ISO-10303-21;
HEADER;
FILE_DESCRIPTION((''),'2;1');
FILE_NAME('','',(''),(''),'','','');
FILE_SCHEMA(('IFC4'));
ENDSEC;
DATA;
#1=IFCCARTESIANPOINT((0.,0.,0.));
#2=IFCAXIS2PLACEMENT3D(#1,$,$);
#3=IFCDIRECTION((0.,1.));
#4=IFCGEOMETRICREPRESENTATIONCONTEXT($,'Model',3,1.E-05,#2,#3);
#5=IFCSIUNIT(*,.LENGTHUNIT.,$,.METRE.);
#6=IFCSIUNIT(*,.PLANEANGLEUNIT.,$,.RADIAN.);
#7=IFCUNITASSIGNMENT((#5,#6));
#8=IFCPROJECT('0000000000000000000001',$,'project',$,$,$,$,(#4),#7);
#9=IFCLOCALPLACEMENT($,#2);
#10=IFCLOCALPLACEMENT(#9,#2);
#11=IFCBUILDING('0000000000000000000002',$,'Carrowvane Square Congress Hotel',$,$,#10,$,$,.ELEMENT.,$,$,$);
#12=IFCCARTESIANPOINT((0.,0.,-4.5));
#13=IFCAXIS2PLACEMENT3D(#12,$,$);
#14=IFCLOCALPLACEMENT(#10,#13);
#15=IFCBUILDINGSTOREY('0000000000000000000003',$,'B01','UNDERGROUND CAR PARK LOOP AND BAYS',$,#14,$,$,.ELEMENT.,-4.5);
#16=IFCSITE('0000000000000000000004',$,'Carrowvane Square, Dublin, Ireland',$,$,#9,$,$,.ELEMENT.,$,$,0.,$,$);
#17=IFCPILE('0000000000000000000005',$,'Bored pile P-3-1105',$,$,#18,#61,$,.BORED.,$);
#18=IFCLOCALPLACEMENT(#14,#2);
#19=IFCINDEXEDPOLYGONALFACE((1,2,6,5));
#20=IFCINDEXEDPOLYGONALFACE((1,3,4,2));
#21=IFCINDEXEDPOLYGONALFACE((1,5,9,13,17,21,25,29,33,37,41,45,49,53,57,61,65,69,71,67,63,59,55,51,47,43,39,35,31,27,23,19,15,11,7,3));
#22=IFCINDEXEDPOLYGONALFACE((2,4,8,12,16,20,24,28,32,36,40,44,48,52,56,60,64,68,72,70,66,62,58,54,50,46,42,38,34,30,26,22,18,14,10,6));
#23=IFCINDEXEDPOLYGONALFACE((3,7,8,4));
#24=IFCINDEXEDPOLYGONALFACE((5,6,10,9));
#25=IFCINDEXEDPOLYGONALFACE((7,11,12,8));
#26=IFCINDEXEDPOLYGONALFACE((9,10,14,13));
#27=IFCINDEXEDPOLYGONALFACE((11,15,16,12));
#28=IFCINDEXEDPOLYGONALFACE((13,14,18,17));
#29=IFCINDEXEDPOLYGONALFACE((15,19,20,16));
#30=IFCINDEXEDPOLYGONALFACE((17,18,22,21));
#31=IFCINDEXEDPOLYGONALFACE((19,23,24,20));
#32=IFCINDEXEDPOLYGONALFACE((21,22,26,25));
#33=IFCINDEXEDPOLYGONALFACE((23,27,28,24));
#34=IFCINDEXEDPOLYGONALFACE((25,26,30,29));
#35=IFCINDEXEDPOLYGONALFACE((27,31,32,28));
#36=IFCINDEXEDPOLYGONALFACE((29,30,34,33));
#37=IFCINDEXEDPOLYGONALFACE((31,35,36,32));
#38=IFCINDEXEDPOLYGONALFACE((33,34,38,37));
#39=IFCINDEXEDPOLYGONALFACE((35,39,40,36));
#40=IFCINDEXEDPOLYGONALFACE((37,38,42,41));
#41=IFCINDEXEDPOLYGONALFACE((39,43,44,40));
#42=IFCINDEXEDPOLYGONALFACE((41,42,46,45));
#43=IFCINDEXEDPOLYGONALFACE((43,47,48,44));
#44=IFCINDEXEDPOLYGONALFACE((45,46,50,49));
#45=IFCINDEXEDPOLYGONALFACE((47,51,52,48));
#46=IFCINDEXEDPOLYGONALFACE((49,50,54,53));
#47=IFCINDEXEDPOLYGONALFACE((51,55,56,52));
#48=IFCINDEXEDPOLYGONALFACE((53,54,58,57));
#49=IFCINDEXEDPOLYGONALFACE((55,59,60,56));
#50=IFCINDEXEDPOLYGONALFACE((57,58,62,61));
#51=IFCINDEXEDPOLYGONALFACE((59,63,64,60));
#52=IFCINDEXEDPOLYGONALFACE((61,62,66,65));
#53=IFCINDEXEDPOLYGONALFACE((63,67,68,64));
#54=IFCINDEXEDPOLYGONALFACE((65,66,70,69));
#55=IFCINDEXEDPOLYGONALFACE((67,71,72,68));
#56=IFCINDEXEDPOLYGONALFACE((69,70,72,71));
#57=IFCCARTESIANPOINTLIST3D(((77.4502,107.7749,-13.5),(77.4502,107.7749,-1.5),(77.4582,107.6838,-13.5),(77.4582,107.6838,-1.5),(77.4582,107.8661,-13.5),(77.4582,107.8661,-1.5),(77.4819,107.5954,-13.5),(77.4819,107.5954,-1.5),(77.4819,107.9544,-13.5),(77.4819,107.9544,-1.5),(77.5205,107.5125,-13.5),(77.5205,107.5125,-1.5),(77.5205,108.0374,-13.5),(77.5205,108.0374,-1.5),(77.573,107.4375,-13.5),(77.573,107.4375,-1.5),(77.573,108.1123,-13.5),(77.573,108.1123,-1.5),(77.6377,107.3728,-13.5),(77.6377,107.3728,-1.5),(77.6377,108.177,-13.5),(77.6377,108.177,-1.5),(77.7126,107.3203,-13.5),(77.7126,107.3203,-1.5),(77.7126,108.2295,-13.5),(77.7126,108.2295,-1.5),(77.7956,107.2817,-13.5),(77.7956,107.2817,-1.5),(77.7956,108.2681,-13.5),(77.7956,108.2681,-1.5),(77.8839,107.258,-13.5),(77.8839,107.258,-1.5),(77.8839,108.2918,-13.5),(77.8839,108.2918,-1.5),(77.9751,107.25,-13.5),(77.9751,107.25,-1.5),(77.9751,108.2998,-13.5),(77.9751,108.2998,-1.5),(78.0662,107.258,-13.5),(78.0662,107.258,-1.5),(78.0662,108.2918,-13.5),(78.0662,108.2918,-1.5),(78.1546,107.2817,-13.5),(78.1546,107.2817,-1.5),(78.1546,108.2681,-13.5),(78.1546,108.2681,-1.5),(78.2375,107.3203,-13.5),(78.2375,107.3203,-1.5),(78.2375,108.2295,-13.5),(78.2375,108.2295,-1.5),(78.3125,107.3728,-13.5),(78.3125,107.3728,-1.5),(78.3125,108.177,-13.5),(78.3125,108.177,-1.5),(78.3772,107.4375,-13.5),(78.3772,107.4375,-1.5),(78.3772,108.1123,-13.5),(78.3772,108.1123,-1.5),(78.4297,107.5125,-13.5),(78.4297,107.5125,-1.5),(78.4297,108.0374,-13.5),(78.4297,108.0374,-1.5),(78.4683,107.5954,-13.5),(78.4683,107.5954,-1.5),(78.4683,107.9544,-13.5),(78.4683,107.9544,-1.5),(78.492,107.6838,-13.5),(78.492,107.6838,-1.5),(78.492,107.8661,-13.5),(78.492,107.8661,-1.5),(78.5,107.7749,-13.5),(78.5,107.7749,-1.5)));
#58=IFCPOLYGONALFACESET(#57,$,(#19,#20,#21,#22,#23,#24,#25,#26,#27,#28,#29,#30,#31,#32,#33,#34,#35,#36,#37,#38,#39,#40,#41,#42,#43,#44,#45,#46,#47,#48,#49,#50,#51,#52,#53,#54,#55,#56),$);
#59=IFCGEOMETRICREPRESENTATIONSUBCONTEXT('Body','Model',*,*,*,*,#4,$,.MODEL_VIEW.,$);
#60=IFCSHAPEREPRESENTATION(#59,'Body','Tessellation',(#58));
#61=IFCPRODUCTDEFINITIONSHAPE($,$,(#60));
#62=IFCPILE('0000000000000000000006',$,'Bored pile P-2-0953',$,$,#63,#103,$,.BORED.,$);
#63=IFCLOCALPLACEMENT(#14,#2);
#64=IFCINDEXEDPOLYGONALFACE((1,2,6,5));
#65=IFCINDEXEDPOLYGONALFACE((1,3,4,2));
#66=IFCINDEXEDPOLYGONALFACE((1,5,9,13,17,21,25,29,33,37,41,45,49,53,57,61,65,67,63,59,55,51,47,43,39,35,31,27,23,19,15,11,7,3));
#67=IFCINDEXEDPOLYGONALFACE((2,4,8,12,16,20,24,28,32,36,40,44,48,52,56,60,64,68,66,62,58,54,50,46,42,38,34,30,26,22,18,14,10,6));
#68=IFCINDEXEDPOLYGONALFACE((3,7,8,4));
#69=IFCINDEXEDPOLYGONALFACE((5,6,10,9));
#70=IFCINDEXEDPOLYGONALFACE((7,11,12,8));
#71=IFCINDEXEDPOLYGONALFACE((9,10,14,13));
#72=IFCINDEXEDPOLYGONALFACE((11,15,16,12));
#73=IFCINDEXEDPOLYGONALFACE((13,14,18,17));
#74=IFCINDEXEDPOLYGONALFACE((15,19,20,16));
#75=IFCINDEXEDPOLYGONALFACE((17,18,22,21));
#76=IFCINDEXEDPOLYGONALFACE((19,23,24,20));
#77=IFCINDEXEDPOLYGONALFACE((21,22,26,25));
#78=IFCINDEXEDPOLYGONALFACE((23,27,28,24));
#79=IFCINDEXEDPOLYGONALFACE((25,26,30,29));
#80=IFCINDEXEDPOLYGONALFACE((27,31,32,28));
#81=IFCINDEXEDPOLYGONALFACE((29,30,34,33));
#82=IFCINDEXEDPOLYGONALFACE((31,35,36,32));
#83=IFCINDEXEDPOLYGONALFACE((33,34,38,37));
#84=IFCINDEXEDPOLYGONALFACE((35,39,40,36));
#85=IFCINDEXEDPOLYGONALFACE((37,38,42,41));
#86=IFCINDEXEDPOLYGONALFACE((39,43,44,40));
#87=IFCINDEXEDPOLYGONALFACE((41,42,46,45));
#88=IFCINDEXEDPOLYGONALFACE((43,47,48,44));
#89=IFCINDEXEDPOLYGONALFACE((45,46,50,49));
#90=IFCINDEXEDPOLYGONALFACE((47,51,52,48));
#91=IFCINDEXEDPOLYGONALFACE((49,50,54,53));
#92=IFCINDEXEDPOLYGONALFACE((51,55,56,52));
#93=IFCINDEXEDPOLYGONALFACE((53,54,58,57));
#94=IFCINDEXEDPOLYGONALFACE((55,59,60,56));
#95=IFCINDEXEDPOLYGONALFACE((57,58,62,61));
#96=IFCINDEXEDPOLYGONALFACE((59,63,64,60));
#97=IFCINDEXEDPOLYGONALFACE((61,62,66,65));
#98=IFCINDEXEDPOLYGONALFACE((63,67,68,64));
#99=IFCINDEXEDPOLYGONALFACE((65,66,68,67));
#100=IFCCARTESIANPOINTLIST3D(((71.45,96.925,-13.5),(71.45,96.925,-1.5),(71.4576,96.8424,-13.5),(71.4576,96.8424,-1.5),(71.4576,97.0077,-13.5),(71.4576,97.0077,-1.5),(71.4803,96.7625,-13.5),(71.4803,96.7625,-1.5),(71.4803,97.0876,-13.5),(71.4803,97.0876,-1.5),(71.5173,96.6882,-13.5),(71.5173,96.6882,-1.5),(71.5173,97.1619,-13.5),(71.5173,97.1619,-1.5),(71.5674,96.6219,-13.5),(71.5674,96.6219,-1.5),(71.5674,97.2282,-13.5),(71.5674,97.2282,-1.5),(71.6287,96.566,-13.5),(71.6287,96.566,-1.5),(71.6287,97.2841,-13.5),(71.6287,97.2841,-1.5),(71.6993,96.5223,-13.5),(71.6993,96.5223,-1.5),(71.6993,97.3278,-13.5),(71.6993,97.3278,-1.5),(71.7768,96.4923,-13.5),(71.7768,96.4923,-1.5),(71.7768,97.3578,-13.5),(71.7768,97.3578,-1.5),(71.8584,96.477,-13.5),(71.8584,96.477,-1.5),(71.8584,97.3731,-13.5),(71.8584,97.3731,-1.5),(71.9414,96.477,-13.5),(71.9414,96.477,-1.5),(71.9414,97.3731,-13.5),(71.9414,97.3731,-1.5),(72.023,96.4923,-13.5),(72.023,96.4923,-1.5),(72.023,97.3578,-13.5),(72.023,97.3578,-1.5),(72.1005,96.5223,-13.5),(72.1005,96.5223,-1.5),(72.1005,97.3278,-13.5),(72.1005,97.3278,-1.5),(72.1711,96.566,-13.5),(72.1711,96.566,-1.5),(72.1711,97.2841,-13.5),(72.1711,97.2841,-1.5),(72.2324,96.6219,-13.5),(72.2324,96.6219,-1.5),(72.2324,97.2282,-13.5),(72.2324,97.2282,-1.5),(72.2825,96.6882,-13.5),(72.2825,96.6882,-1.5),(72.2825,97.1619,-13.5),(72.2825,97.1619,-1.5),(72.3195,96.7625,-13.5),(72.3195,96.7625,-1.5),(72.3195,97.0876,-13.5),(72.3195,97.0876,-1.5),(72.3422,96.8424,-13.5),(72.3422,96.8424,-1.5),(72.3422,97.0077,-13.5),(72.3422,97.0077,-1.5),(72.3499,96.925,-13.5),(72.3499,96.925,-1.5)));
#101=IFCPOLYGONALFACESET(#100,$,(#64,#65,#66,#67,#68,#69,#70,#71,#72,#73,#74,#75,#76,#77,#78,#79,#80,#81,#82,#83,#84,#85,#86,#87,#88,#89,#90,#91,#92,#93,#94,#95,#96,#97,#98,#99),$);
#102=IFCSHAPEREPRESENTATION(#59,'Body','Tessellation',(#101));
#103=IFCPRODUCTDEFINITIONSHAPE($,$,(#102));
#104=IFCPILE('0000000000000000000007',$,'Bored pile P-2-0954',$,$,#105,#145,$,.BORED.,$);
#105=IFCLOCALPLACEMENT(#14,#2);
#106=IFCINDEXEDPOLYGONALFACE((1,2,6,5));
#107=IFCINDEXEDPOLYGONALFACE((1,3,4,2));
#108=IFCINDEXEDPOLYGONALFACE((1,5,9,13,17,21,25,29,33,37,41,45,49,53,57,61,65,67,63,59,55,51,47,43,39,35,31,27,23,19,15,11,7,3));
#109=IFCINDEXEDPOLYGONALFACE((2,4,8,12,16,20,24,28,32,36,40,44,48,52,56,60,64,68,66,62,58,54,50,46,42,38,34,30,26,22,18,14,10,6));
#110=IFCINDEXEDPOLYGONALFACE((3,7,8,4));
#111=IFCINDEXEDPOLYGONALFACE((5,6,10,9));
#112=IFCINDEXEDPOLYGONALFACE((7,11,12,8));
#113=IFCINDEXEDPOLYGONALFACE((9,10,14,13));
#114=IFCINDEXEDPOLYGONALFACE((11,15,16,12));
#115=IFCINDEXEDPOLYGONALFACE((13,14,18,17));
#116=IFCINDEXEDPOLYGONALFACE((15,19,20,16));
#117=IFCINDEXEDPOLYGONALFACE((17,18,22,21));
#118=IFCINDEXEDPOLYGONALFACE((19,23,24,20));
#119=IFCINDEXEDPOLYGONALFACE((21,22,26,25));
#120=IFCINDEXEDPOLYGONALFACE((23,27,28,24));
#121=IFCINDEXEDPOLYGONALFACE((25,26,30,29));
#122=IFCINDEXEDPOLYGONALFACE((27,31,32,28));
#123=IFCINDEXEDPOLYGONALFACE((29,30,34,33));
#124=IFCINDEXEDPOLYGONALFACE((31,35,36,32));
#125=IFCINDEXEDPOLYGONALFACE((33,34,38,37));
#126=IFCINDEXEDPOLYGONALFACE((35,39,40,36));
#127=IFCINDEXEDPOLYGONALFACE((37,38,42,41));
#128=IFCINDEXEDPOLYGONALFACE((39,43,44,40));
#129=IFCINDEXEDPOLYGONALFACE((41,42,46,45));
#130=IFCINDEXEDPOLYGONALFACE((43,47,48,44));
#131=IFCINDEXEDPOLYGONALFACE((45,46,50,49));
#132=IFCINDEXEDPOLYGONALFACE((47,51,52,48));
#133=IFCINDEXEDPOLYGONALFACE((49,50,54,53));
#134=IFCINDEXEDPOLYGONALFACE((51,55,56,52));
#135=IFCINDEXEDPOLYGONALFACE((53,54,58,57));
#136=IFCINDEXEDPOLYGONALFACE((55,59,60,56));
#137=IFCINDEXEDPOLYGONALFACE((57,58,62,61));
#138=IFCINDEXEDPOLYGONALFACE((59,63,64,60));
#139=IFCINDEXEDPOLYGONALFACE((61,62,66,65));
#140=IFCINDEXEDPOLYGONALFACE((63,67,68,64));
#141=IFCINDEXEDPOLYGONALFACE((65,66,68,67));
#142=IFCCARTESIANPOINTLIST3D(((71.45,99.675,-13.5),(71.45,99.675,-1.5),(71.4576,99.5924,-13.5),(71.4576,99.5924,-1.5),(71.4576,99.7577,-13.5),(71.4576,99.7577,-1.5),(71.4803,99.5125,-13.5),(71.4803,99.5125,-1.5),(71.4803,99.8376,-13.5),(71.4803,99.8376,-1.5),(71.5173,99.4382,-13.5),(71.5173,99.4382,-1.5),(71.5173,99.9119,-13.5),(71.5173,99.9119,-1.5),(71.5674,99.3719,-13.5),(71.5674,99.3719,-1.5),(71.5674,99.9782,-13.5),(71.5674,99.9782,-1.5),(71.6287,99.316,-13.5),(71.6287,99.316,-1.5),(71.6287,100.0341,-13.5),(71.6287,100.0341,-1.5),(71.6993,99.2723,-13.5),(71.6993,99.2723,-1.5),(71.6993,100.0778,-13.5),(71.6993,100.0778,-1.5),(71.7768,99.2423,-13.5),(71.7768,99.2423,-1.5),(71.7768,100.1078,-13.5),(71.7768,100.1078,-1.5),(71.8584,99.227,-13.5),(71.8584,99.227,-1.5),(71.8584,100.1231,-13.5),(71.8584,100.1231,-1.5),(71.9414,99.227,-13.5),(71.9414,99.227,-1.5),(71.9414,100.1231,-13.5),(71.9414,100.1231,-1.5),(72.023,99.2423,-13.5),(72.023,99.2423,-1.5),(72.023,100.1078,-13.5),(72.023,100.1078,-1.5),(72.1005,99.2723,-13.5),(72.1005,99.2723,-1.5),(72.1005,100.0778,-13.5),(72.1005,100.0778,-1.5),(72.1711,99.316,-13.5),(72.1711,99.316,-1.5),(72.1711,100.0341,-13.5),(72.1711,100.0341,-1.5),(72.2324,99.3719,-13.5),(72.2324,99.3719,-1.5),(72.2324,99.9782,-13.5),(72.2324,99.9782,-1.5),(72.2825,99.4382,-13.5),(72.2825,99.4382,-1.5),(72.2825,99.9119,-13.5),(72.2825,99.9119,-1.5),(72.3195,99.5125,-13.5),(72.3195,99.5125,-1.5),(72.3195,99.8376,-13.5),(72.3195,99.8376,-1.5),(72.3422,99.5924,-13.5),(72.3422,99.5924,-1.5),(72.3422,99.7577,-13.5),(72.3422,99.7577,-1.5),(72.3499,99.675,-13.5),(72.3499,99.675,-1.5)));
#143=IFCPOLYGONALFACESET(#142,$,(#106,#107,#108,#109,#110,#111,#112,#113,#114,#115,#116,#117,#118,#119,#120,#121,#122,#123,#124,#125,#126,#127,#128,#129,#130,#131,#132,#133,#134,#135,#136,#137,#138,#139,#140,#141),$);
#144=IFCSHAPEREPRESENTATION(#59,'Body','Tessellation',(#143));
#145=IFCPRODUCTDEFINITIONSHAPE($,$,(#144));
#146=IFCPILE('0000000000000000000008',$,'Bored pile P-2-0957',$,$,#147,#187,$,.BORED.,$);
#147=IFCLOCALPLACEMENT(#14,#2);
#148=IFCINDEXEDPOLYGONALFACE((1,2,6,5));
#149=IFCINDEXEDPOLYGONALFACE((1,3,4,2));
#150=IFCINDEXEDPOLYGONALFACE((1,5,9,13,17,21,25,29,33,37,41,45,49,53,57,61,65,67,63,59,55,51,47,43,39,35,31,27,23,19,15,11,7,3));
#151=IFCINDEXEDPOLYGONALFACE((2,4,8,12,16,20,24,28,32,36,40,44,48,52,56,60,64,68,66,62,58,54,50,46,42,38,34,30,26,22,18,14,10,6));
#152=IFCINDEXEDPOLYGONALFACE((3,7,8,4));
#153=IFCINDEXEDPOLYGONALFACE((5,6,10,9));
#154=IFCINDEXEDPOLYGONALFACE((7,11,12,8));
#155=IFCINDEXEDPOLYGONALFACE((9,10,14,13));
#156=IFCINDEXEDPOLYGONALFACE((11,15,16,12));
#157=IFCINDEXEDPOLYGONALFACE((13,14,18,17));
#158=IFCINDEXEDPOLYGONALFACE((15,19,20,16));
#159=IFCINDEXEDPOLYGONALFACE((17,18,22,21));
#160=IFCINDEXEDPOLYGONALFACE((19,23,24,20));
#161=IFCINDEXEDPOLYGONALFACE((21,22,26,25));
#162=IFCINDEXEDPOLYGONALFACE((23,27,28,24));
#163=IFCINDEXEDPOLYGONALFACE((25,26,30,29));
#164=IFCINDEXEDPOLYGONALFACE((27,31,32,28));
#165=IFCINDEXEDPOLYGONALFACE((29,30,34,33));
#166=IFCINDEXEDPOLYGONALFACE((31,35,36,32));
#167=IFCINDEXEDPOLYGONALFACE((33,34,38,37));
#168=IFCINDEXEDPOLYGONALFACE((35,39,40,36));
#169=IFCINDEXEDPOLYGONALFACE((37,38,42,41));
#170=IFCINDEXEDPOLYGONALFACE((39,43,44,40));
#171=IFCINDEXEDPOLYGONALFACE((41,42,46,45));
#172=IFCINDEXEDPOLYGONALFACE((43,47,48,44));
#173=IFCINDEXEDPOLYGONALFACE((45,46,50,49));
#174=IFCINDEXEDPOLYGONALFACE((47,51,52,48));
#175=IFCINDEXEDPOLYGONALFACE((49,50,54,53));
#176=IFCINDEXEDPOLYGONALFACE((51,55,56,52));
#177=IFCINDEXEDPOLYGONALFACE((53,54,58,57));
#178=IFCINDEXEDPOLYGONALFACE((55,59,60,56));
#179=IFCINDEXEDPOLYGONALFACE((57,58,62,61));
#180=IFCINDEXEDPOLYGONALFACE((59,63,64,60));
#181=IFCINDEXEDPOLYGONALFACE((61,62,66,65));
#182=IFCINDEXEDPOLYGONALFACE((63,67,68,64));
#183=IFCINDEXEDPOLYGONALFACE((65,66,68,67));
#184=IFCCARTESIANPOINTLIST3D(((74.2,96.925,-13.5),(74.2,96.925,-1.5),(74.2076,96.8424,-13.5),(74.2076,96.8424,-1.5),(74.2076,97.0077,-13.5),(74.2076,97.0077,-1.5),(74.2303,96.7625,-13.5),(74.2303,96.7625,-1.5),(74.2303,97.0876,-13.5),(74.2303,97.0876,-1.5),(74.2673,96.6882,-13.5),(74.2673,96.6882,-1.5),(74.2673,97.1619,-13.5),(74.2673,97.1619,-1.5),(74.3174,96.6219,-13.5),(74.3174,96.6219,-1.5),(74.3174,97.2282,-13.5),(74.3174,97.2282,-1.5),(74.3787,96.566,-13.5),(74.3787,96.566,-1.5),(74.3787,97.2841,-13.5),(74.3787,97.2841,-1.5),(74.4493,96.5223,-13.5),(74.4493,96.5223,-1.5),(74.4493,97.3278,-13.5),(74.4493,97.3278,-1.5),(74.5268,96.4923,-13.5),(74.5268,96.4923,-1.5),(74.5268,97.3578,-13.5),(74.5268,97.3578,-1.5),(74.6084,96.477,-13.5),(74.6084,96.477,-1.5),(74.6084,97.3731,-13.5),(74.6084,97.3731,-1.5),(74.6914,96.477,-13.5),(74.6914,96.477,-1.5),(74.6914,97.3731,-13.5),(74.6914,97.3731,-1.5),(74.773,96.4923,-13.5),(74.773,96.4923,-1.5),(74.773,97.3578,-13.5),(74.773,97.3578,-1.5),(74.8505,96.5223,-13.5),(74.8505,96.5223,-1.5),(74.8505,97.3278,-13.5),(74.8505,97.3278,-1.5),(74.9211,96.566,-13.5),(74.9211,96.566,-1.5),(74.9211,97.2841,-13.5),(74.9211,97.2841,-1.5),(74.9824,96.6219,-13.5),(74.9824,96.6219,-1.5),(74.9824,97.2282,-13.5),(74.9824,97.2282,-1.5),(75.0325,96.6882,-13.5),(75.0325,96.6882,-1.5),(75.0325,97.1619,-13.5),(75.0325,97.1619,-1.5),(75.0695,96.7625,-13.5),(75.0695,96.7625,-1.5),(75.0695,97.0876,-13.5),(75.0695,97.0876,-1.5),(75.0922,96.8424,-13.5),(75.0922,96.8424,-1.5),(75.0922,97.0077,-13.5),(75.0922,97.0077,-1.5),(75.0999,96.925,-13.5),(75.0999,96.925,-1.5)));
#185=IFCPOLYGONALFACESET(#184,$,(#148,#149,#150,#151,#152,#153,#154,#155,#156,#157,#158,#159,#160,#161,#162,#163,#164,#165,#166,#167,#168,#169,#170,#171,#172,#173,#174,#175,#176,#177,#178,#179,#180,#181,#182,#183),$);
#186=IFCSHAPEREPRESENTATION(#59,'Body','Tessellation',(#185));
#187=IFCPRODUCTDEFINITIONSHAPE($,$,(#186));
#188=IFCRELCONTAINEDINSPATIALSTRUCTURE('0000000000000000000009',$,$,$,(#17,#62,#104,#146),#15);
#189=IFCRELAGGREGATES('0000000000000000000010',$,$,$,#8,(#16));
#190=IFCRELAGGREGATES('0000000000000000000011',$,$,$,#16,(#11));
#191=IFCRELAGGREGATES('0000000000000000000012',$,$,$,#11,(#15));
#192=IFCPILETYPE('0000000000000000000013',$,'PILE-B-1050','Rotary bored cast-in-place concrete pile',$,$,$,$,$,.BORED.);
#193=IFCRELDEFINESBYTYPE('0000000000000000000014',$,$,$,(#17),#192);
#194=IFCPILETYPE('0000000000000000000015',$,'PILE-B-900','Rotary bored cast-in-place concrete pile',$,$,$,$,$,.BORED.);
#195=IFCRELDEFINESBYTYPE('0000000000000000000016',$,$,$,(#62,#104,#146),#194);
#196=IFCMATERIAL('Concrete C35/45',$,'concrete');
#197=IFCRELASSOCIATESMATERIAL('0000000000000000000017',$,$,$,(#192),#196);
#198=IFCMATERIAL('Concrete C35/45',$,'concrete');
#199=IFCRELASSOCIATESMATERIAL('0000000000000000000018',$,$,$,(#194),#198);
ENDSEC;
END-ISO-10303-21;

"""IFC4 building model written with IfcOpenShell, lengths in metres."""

from ifc_helpers import new_model, si_unit, direction, frame, origin, origin_2d, place, context, subcontext, project, spatial, circle, extrude, material, material_profile, profile_set, type_object, element, save


model = new_model("IFC4")

# Units and contexts
model_context = context("Model", 3, precision=1e-05, world=origin(), true_north=direction((0.0, 1.0)))
body_context = subcontext(model_context, "Body", "Model", "MODEL_VIEW")
ifc_project = project(units=[si_unit("LENGTHUNIT", "METRE"), si_unit("PLANEANGLEUNIT", "RADIAN")], contexts=[model_context])

# Site, building, storey
site_placement = place(None, origin())
site = spatial("IfcSite", under=ifc_project, at=site_placement, Name="Carrowvane Square, Dublin, Ireland", CompositionType="ELEMENT", RefElevation=0.0)
building_placement = place(site_placement, origin())
building = spatial("IfcBuilding", under=site, at=building_placement, Name="Carrowvane Square Congress Hotel", CompositionType="ELEMENT")
storey_placement = place(building_placement, frame((0.0, 0.0, -4.5)))
storey = spatial("IfcBuildingStorey", under=building, at=storey_placement, Name="B01", Description="UNDERGROUND CAR PARK LOOP AND BAYS", CompositionType="ELEMENT", Elevation=-4.5)

# Piles
ifc_material_1 = material(Name="Concrete C35/45", Category="concrete")
ifc_material_profile_1 = material_profile(ifc_material_1, circle(Radius=0.5249, at=origin_2d()), Name="PILE D1050")
ifc_profile_set_1 = profile_set([ifc_material_profile_1], Name="Concrete C35/45")
pile_type_1 = type_object("IfcPileType", Name="PILE-B-1050", Description="Rotary bored cast-in-place concrete pile", PredefinedType="BORED", material=ifc_profile_set_1)
for number, where, z_axis, x_axis, name in (
    (1, (77.9751, 107.7749, -1.5), (0.0, 0.0, -1.0), (1.0, 0.0, 0.0), "Bored pile P-3-1105"),
):
    element("IfcPile", number, at=place(storey_placement, frame(where, z_axis=z_axis, x_axis=x_axis)), inside=storey, type_object=pile_type_1, Name=name, PredefinedType="BORED", context=body_context, shape_type="SweptSolid", body=[
        extrude(circle(Radius=0.5249, at=origin_2d()), origin(), (0.0, 0.0, 1.0), 12.0),
    ])
ifc_material_2 = material(Name="Concrete C35/45", Category="concrete")
ifc_material_profile_2 = material_profile(ifc_material_2, circle(Radius=0.45, at=origin_2d()), Name="PILE D900")
ifc_profile_set_2 = profile_set([ifc_material_profile_2], Name="Concrete C35/45")
pile_type_2 = type_object("IfcPileType", Name="PILE-B-900", Description="Rotary bored cast-in-place concrete pile", PredefinedType="BORED", material=ifc_profile_set_2)
for number, where, z_axis, x_axis, name in (
    (2, (71.8999, 96.925, -1.5), (0.0, 0.0, -1.0), (1.0, 0.0, 0.0), "Bored pile P-2-0953"),
    (3, (71.8999, 99.675, -1.5), (0.0, 0.0, -1.0), (1.0, 0.0, 0.0), "Bored pile P-2-0954"),
    (4, (74.6499, 96.925, -1.5), (0.0, 0.0, -1.0), (1.0, 0.0, 0.0), "Bored pile P-2-0957"),
):
    element("IfcPile", number, at=place(storey_placement, frame(where, z_axis=z_axis, x_axis=x_axis)), inside=storey, type_object=pile_type_2, Name=name, PredefinedType="BORED", context=body_context, shape_type="SweptSolid", body=[
        extrude(circle(Radius=0.45, at=origin_2d()), origin(), (0.0, 0.0, 1.0), 12.0),
    ])

save(model, "model.ifc")
